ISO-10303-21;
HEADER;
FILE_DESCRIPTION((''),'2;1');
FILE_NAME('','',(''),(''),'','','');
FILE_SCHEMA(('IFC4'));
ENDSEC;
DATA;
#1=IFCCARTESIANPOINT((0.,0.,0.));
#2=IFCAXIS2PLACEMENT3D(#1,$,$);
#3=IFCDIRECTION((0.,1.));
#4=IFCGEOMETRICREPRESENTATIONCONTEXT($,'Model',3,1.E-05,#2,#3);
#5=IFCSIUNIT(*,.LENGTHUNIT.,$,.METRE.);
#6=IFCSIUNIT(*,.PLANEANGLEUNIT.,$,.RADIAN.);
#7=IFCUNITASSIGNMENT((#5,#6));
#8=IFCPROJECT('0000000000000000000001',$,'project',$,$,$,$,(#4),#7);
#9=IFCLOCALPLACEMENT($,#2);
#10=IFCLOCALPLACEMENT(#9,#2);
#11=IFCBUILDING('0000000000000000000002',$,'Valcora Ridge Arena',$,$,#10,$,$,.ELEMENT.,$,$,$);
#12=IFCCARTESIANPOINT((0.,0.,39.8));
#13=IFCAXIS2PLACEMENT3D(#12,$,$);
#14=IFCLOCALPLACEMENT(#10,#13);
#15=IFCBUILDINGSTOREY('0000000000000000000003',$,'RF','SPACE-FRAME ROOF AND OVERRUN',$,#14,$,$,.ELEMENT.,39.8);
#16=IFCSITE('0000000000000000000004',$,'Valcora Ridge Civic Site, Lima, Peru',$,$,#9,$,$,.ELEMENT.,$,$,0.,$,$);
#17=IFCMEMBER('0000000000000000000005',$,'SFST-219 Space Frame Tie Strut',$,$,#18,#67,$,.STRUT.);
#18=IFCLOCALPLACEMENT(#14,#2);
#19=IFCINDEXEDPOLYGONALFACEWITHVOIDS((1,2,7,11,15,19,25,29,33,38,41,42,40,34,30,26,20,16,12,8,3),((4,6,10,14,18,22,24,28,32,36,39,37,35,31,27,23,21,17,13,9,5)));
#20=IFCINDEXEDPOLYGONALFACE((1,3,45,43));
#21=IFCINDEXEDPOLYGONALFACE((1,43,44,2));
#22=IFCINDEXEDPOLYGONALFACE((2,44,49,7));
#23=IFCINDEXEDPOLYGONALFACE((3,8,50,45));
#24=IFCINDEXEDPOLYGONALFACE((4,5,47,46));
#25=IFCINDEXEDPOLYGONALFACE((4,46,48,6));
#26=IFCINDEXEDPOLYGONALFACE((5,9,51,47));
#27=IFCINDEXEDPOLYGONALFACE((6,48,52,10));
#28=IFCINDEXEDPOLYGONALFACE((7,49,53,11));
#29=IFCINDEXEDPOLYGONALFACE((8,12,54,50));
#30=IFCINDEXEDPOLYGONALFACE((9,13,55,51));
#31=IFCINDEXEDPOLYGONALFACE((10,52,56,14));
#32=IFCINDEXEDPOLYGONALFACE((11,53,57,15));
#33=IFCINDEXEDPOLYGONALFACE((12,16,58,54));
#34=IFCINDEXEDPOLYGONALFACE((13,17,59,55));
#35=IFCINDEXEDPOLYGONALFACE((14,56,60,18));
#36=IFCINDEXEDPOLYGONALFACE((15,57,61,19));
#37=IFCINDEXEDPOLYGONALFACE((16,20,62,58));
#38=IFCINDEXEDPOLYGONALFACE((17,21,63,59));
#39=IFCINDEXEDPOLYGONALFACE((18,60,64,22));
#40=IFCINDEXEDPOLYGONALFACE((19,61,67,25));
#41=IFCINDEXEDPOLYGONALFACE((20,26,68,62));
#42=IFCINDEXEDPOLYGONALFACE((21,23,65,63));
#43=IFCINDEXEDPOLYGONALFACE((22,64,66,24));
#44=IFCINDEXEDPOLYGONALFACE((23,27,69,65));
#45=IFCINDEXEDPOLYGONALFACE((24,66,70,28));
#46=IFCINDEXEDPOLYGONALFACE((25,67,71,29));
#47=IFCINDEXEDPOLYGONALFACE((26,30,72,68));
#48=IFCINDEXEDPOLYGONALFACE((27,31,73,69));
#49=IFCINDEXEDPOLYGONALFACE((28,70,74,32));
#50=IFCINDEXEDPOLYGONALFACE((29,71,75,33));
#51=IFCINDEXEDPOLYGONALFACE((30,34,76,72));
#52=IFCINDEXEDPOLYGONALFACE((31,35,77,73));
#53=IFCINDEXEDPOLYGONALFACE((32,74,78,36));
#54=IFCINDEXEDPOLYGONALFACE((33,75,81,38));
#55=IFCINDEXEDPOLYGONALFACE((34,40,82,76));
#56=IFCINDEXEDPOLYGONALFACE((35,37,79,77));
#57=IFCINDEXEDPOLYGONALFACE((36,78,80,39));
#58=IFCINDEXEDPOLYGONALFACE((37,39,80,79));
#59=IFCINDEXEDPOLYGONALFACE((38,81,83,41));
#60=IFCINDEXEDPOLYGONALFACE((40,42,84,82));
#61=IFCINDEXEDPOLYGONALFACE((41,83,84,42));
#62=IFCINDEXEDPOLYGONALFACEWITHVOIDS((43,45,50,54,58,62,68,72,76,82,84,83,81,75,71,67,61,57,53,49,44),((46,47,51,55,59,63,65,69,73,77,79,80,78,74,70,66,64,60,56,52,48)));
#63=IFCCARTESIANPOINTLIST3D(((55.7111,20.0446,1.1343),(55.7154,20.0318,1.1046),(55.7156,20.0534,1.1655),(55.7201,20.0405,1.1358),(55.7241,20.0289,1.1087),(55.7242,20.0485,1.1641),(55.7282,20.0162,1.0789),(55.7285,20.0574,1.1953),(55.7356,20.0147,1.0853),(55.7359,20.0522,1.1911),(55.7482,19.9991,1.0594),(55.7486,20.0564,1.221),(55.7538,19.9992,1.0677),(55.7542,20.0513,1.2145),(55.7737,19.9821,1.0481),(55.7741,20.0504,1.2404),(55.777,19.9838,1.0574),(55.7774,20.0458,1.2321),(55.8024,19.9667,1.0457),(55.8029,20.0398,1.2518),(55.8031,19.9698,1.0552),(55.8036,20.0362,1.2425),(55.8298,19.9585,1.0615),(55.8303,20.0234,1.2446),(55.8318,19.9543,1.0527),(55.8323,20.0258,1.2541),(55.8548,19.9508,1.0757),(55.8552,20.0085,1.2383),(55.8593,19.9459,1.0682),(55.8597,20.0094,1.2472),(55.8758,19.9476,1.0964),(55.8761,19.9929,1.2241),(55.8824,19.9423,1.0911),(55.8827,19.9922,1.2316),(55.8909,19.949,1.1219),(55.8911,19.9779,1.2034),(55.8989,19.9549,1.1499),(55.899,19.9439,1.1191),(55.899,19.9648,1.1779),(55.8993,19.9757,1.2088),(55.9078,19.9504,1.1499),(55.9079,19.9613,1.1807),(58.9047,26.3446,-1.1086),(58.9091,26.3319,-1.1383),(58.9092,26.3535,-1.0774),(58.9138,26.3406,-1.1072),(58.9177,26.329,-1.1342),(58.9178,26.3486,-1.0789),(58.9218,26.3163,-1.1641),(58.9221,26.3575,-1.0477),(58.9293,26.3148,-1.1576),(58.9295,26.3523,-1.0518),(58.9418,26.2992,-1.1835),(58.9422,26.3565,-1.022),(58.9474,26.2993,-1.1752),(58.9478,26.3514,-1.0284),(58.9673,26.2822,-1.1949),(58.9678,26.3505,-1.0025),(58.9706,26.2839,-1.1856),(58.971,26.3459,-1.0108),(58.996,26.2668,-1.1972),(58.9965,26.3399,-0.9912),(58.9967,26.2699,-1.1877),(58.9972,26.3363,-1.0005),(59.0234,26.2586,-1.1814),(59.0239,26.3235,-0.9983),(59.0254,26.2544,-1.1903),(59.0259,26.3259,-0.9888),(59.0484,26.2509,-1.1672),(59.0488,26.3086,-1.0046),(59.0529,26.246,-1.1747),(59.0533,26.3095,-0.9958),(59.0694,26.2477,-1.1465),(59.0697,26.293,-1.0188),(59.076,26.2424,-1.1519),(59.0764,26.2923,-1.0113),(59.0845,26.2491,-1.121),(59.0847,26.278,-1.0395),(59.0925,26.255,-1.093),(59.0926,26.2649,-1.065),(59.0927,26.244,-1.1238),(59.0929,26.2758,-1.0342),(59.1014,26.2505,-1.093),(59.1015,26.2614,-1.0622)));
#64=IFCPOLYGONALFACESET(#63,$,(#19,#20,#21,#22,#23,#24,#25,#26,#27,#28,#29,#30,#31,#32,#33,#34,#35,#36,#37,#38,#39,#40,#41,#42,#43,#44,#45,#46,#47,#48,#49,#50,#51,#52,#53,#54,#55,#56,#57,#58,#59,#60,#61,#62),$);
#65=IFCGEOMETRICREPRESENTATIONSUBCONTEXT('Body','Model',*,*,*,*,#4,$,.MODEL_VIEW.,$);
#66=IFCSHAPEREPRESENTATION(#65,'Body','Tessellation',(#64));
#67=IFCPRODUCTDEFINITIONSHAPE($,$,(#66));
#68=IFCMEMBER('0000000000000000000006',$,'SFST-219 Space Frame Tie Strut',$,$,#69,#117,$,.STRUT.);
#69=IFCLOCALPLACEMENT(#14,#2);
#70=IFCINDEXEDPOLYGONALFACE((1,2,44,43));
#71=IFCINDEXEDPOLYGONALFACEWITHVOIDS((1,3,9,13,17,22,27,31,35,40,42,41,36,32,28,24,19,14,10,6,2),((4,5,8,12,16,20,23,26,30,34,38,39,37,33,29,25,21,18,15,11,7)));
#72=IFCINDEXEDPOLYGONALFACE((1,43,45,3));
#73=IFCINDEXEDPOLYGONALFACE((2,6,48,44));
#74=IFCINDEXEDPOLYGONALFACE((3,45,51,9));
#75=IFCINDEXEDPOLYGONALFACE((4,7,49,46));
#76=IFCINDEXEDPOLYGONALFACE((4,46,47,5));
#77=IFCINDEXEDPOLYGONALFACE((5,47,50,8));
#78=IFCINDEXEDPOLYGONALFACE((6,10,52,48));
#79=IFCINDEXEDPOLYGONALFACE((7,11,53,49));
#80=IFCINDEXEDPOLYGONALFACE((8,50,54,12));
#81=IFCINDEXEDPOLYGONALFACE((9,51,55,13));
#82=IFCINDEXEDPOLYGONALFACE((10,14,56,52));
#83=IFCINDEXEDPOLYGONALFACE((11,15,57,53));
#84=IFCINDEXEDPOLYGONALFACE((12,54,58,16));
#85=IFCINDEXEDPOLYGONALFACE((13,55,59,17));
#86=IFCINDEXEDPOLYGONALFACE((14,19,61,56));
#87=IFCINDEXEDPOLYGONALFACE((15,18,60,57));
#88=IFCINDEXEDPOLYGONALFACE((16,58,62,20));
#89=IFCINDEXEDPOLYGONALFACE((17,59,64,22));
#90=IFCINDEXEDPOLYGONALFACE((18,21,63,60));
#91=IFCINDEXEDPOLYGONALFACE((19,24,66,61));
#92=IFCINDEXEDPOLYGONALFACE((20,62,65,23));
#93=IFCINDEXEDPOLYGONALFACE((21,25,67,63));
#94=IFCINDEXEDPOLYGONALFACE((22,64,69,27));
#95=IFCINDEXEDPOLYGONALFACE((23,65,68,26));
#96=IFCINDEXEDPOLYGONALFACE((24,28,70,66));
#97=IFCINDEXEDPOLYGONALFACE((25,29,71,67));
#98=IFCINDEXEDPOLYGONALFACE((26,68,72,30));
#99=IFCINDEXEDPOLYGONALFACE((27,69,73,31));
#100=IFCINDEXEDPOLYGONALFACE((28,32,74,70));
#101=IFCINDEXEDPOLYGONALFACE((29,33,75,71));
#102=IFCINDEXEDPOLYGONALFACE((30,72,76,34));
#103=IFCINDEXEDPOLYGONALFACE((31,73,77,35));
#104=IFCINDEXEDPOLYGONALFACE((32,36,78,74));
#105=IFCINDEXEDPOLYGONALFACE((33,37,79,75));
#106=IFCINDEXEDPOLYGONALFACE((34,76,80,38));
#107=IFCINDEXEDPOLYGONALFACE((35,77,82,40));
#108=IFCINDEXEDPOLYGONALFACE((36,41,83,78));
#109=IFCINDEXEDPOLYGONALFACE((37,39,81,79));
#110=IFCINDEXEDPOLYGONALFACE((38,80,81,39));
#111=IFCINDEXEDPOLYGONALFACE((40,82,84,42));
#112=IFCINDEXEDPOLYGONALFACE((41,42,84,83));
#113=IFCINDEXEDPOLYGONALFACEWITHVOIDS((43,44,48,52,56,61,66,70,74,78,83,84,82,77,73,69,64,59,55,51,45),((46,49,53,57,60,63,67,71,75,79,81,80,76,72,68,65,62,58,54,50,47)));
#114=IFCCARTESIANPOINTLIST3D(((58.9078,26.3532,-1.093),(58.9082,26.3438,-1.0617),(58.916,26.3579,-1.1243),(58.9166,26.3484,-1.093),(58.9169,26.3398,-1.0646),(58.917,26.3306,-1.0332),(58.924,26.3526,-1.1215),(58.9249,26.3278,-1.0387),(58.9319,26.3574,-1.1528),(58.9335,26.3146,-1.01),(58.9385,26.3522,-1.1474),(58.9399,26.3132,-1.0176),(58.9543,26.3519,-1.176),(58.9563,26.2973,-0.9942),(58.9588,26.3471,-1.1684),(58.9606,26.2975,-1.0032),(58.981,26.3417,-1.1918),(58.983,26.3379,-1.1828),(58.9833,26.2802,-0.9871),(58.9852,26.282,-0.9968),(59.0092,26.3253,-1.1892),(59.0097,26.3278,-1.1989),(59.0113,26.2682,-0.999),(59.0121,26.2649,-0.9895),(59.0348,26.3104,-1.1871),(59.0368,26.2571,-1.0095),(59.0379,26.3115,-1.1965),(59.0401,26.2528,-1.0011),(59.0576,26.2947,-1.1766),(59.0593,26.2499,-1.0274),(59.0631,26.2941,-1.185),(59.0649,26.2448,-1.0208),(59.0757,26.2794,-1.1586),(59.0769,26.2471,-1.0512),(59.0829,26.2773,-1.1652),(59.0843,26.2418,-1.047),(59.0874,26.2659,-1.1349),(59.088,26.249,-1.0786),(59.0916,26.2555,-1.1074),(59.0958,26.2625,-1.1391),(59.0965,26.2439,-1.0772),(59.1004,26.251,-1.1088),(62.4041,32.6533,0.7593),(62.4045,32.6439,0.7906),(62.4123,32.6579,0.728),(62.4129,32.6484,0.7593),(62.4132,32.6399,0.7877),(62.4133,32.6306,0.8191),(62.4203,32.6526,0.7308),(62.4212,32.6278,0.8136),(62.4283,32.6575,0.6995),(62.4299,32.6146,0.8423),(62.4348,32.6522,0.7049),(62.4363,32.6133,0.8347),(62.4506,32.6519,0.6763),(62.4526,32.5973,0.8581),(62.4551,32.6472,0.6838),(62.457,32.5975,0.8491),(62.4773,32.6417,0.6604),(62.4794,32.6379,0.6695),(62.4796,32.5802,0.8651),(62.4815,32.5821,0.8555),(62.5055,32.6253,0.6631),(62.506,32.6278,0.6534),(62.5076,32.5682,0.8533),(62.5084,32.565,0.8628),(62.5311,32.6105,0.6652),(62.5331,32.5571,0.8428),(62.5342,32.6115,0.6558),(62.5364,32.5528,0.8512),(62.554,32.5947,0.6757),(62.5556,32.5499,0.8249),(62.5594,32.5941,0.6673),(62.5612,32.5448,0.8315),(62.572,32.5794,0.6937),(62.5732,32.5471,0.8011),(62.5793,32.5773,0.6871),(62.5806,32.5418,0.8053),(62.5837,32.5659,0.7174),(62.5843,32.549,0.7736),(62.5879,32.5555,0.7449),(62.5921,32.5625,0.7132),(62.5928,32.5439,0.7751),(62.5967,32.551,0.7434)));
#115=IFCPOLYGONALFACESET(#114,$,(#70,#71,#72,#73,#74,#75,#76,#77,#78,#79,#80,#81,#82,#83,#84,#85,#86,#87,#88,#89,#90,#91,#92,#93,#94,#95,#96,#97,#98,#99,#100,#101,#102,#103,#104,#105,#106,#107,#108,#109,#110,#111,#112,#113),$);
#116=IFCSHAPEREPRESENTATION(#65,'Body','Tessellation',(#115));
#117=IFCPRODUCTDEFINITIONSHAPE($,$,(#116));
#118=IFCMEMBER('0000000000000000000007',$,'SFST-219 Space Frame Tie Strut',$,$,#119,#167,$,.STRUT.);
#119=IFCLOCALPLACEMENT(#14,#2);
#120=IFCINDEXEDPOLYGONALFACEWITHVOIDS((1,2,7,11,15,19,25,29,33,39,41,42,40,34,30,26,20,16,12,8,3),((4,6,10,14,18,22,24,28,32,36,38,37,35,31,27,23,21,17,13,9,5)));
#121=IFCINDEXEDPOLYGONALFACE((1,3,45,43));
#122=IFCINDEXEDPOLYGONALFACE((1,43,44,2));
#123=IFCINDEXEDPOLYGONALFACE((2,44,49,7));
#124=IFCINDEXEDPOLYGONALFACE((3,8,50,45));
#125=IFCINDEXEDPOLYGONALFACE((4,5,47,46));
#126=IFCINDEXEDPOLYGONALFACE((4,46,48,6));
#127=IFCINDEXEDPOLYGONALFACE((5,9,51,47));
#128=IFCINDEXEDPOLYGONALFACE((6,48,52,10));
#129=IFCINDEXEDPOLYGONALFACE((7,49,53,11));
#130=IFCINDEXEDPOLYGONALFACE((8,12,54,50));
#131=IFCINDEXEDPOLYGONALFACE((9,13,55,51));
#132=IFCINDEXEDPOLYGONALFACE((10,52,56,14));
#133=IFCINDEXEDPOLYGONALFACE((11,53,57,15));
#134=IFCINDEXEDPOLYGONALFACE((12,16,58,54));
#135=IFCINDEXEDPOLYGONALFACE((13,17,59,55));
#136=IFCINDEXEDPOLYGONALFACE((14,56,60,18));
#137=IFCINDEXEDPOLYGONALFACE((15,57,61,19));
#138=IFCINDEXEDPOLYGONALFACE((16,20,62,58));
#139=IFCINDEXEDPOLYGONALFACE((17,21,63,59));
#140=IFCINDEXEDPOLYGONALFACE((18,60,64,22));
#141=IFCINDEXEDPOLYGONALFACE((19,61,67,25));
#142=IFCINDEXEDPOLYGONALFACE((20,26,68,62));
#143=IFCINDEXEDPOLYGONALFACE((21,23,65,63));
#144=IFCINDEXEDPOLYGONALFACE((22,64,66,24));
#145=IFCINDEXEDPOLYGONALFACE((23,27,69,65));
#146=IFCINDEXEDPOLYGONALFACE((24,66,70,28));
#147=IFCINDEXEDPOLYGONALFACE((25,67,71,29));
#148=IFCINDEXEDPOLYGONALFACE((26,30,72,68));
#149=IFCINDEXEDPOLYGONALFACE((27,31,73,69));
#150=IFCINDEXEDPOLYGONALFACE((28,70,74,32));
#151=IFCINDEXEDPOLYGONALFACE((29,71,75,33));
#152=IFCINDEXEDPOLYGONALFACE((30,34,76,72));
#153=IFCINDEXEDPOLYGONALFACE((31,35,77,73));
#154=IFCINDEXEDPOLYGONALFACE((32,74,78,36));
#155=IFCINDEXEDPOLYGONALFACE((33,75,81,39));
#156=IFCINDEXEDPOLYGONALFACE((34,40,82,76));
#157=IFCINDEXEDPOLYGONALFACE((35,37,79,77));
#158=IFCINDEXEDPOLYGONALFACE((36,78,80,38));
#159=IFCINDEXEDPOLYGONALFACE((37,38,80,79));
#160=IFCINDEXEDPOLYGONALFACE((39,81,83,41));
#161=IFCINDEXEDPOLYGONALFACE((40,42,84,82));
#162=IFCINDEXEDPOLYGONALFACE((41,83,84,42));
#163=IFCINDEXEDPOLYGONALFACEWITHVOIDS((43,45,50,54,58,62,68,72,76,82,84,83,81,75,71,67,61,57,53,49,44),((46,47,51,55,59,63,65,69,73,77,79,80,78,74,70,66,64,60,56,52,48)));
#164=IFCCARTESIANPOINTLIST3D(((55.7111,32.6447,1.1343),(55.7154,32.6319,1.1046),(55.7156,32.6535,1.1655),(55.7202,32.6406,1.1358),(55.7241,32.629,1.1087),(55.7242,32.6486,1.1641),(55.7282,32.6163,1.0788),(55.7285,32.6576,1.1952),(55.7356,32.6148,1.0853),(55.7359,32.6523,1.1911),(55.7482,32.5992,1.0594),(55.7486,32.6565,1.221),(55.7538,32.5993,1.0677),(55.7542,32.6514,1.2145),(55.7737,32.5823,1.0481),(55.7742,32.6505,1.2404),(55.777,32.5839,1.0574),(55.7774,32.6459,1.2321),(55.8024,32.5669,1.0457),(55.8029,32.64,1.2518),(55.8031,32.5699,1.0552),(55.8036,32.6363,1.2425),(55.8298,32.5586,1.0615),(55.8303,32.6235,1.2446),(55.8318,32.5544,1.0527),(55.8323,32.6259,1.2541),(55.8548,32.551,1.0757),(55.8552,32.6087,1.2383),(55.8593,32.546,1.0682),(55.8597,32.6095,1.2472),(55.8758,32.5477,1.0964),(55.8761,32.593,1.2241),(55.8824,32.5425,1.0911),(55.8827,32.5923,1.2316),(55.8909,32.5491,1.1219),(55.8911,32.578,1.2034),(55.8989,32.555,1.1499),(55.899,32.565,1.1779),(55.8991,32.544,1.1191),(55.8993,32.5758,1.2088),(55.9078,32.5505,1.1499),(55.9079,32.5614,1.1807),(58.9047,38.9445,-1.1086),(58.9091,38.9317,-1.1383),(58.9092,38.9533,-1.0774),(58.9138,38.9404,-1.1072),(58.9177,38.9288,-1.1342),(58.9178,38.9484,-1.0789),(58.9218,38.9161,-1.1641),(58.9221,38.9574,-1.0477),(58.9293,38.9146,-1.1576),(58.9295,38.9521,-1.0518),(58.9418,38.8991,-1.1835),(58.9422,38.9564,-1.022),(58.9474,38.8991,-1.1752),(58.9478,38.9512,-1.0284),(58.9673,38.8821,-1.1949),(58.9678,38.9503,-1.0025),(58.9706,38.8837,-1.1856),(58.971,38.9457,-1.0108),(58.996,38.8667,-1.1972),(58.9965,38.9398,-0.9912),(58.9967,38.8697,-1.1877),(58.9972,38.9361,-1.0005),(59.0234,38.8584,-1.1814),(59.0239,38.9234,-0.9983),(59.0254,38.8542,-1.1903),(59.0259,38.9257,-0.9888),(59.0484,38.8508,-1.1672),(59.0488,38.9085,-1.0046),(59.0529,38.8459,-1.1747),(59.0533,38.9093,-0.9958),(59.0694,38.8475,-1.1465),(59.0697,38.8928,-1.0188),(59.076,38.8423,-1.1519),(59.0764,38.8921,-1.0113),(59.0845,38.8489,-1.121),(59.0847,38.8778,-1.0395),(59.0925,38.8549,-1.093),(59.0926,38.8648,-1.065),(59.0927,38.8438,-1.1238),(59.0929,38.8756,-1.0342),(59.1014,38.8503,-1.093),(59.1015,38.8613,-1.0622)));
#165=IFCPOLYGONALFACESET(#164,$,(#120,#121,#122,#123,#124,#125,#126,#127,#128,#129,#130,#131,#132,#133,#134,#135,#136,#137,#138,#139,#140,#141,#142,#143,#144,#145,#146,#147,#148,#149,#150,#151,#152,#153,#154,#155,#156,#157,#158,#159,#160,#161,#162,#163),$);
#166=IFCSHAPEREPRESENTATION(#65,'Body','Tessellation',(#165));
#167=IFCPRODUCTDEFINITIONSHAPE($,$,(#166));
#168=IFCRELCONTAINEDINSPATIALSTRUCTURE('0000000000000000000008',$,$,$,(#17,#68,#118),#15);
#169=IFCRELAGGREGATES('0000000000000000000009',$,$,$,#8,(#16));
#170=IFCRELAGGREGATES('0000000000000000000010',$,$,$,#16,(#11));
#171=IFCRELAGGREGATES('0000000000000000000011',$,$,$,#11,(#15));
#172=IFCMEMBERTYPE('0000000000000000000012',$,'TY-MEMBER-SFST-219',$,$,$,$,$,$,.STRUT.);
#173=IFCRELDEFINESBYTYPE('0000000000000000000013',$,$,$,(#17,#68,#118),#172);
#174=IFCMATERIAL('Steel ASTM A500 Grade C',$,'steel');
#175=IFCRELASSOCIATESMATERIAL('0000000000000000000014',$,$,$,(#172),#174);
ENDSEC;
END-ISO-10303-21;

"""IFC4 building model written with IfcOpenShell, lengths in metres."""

from ifc_helpers import new_model, si_unit, direction, frame, origin, origin_2d, place, context, subcontext, project, spatial, hollow_circle, extrude, material, material_profile, profile_set, type_object, element, save


model = new_model("IFC4")

# Units and contexts
model_context = context("Model", 3, precision=1e-05, world=origin(), true_north=direction((0.0, 1.0)))
body_context = subcontext(model_context, "Body", "Model", "MODEL_VIEW")
ifc_project = project(units=[si_unit("LENGTHUNIT", "METRE"), si_unit("PLANEANGLEUNIT", "RADIAN")], contexts=[model_context])

# Site, building, storey
site_placement = place(None, origin())
site = spatial("IfcSite", under=ifc_project, at=site_placement, Name="Valcora Ridge Civic Site, Lima, Peru", CompositionType="ELEMENT", RefElevation=0.0)
building_placement = place(site_placement, origin())
building = spatial("IfcBuilding", under=site, at=building_placement, Name="Valcora Ridge Arena", CompositionType="ELEMENT")
storey_placement = place(building_placement, frame((0.0, 0.0, 39.8)))
storey = spatial("IfcBuildingStorey", under=building, at=storey_placement, Name="RF", Description="SPACE-FRAME ROOF AND OVERRUN", CompositionType="ELEMENT", Elevation=39.8)

# Members
ifc_material_1 = material(Name="Steel ASTM A500 Grade C", Category="steel")
ifc_material_profile_1 = material_profile(ifc_material_1, hollow_circle(Radius=0.1096, WallThickness=0.01, at=origin_2d()), Name="CHS219X10")
ifc_profile_set_1 = profile_set([ifc_material_profile_1], Name="Steel ASTM A500 Grade C")
member_type_1 = type_object("IfcMemberType", Name="TY-MEMBER-SFST-219", PredefinedType="STRUT", material=ifc_profile_set_1)
member_1_placement = place(storey_placement, frame((59.0037, 26.3, -1.093), z_axis=(-0.430937, -0.850114, 0.302654), x_axis=(0.891946, -0.452143, 0.0)))
element("IfcMember", 1, at=member_1_placement, inside=storey, type_object=member_type_1, Name="SFST-219 Space Frame Tie Strut", PredefinedType="STRUT", context=body_context, shape_type="SweptSolid", body=[
    extrude(hollow_circle(Radius=0.1096, WallThickness=0.01, at=origin_2d()), origin(), (0.0, 0.0, 1.0), 7.4109),
])
member_2_placement = place(storey_placement, frame((59.0037, 26.3, -1.093), z_axis=(0.46997, 0.846839, 0.248981), x_axis=(-0.874375, 0.485252, 0.0)))
element("IfcMember", 2, at=member_2_placement, inside=storey, type_object=member_type_1, Name="SFST-219 Space Frame Tie Strut", PredefinedType="STRUT", context=body_context, shape_type="SweptSolid", body=[
    extrude(hollow_circle(Radius=0.1096, WallThickness=0.01, at=origin_2d()), origin(), (0.0, 0.0, 1.0), 7.4395),
])
member_3_placement = place(storey_placement, frame((59.0037, 38.8999, -1.093), z_axis=(-0.430949, -0.850105, 0.302663), x_axis=(0.891939, -0.452157, 0.0)))
element("IfcMember", 3, at=member_3_placement, inside=storey, type_object=member_type_1, Name="SFST-219 Space Frame Tie Strut", PredefinedType="STRUT", context=body_context, shape_type="SweptSolid", body=[
    extrude(hollow_circle(Radius=0.1096, WallThickness=0.01, at=origin_2d()), origin(), (0.0, 0.0, 1.0), 7.4106),
])

save(model, "model.ifc")
